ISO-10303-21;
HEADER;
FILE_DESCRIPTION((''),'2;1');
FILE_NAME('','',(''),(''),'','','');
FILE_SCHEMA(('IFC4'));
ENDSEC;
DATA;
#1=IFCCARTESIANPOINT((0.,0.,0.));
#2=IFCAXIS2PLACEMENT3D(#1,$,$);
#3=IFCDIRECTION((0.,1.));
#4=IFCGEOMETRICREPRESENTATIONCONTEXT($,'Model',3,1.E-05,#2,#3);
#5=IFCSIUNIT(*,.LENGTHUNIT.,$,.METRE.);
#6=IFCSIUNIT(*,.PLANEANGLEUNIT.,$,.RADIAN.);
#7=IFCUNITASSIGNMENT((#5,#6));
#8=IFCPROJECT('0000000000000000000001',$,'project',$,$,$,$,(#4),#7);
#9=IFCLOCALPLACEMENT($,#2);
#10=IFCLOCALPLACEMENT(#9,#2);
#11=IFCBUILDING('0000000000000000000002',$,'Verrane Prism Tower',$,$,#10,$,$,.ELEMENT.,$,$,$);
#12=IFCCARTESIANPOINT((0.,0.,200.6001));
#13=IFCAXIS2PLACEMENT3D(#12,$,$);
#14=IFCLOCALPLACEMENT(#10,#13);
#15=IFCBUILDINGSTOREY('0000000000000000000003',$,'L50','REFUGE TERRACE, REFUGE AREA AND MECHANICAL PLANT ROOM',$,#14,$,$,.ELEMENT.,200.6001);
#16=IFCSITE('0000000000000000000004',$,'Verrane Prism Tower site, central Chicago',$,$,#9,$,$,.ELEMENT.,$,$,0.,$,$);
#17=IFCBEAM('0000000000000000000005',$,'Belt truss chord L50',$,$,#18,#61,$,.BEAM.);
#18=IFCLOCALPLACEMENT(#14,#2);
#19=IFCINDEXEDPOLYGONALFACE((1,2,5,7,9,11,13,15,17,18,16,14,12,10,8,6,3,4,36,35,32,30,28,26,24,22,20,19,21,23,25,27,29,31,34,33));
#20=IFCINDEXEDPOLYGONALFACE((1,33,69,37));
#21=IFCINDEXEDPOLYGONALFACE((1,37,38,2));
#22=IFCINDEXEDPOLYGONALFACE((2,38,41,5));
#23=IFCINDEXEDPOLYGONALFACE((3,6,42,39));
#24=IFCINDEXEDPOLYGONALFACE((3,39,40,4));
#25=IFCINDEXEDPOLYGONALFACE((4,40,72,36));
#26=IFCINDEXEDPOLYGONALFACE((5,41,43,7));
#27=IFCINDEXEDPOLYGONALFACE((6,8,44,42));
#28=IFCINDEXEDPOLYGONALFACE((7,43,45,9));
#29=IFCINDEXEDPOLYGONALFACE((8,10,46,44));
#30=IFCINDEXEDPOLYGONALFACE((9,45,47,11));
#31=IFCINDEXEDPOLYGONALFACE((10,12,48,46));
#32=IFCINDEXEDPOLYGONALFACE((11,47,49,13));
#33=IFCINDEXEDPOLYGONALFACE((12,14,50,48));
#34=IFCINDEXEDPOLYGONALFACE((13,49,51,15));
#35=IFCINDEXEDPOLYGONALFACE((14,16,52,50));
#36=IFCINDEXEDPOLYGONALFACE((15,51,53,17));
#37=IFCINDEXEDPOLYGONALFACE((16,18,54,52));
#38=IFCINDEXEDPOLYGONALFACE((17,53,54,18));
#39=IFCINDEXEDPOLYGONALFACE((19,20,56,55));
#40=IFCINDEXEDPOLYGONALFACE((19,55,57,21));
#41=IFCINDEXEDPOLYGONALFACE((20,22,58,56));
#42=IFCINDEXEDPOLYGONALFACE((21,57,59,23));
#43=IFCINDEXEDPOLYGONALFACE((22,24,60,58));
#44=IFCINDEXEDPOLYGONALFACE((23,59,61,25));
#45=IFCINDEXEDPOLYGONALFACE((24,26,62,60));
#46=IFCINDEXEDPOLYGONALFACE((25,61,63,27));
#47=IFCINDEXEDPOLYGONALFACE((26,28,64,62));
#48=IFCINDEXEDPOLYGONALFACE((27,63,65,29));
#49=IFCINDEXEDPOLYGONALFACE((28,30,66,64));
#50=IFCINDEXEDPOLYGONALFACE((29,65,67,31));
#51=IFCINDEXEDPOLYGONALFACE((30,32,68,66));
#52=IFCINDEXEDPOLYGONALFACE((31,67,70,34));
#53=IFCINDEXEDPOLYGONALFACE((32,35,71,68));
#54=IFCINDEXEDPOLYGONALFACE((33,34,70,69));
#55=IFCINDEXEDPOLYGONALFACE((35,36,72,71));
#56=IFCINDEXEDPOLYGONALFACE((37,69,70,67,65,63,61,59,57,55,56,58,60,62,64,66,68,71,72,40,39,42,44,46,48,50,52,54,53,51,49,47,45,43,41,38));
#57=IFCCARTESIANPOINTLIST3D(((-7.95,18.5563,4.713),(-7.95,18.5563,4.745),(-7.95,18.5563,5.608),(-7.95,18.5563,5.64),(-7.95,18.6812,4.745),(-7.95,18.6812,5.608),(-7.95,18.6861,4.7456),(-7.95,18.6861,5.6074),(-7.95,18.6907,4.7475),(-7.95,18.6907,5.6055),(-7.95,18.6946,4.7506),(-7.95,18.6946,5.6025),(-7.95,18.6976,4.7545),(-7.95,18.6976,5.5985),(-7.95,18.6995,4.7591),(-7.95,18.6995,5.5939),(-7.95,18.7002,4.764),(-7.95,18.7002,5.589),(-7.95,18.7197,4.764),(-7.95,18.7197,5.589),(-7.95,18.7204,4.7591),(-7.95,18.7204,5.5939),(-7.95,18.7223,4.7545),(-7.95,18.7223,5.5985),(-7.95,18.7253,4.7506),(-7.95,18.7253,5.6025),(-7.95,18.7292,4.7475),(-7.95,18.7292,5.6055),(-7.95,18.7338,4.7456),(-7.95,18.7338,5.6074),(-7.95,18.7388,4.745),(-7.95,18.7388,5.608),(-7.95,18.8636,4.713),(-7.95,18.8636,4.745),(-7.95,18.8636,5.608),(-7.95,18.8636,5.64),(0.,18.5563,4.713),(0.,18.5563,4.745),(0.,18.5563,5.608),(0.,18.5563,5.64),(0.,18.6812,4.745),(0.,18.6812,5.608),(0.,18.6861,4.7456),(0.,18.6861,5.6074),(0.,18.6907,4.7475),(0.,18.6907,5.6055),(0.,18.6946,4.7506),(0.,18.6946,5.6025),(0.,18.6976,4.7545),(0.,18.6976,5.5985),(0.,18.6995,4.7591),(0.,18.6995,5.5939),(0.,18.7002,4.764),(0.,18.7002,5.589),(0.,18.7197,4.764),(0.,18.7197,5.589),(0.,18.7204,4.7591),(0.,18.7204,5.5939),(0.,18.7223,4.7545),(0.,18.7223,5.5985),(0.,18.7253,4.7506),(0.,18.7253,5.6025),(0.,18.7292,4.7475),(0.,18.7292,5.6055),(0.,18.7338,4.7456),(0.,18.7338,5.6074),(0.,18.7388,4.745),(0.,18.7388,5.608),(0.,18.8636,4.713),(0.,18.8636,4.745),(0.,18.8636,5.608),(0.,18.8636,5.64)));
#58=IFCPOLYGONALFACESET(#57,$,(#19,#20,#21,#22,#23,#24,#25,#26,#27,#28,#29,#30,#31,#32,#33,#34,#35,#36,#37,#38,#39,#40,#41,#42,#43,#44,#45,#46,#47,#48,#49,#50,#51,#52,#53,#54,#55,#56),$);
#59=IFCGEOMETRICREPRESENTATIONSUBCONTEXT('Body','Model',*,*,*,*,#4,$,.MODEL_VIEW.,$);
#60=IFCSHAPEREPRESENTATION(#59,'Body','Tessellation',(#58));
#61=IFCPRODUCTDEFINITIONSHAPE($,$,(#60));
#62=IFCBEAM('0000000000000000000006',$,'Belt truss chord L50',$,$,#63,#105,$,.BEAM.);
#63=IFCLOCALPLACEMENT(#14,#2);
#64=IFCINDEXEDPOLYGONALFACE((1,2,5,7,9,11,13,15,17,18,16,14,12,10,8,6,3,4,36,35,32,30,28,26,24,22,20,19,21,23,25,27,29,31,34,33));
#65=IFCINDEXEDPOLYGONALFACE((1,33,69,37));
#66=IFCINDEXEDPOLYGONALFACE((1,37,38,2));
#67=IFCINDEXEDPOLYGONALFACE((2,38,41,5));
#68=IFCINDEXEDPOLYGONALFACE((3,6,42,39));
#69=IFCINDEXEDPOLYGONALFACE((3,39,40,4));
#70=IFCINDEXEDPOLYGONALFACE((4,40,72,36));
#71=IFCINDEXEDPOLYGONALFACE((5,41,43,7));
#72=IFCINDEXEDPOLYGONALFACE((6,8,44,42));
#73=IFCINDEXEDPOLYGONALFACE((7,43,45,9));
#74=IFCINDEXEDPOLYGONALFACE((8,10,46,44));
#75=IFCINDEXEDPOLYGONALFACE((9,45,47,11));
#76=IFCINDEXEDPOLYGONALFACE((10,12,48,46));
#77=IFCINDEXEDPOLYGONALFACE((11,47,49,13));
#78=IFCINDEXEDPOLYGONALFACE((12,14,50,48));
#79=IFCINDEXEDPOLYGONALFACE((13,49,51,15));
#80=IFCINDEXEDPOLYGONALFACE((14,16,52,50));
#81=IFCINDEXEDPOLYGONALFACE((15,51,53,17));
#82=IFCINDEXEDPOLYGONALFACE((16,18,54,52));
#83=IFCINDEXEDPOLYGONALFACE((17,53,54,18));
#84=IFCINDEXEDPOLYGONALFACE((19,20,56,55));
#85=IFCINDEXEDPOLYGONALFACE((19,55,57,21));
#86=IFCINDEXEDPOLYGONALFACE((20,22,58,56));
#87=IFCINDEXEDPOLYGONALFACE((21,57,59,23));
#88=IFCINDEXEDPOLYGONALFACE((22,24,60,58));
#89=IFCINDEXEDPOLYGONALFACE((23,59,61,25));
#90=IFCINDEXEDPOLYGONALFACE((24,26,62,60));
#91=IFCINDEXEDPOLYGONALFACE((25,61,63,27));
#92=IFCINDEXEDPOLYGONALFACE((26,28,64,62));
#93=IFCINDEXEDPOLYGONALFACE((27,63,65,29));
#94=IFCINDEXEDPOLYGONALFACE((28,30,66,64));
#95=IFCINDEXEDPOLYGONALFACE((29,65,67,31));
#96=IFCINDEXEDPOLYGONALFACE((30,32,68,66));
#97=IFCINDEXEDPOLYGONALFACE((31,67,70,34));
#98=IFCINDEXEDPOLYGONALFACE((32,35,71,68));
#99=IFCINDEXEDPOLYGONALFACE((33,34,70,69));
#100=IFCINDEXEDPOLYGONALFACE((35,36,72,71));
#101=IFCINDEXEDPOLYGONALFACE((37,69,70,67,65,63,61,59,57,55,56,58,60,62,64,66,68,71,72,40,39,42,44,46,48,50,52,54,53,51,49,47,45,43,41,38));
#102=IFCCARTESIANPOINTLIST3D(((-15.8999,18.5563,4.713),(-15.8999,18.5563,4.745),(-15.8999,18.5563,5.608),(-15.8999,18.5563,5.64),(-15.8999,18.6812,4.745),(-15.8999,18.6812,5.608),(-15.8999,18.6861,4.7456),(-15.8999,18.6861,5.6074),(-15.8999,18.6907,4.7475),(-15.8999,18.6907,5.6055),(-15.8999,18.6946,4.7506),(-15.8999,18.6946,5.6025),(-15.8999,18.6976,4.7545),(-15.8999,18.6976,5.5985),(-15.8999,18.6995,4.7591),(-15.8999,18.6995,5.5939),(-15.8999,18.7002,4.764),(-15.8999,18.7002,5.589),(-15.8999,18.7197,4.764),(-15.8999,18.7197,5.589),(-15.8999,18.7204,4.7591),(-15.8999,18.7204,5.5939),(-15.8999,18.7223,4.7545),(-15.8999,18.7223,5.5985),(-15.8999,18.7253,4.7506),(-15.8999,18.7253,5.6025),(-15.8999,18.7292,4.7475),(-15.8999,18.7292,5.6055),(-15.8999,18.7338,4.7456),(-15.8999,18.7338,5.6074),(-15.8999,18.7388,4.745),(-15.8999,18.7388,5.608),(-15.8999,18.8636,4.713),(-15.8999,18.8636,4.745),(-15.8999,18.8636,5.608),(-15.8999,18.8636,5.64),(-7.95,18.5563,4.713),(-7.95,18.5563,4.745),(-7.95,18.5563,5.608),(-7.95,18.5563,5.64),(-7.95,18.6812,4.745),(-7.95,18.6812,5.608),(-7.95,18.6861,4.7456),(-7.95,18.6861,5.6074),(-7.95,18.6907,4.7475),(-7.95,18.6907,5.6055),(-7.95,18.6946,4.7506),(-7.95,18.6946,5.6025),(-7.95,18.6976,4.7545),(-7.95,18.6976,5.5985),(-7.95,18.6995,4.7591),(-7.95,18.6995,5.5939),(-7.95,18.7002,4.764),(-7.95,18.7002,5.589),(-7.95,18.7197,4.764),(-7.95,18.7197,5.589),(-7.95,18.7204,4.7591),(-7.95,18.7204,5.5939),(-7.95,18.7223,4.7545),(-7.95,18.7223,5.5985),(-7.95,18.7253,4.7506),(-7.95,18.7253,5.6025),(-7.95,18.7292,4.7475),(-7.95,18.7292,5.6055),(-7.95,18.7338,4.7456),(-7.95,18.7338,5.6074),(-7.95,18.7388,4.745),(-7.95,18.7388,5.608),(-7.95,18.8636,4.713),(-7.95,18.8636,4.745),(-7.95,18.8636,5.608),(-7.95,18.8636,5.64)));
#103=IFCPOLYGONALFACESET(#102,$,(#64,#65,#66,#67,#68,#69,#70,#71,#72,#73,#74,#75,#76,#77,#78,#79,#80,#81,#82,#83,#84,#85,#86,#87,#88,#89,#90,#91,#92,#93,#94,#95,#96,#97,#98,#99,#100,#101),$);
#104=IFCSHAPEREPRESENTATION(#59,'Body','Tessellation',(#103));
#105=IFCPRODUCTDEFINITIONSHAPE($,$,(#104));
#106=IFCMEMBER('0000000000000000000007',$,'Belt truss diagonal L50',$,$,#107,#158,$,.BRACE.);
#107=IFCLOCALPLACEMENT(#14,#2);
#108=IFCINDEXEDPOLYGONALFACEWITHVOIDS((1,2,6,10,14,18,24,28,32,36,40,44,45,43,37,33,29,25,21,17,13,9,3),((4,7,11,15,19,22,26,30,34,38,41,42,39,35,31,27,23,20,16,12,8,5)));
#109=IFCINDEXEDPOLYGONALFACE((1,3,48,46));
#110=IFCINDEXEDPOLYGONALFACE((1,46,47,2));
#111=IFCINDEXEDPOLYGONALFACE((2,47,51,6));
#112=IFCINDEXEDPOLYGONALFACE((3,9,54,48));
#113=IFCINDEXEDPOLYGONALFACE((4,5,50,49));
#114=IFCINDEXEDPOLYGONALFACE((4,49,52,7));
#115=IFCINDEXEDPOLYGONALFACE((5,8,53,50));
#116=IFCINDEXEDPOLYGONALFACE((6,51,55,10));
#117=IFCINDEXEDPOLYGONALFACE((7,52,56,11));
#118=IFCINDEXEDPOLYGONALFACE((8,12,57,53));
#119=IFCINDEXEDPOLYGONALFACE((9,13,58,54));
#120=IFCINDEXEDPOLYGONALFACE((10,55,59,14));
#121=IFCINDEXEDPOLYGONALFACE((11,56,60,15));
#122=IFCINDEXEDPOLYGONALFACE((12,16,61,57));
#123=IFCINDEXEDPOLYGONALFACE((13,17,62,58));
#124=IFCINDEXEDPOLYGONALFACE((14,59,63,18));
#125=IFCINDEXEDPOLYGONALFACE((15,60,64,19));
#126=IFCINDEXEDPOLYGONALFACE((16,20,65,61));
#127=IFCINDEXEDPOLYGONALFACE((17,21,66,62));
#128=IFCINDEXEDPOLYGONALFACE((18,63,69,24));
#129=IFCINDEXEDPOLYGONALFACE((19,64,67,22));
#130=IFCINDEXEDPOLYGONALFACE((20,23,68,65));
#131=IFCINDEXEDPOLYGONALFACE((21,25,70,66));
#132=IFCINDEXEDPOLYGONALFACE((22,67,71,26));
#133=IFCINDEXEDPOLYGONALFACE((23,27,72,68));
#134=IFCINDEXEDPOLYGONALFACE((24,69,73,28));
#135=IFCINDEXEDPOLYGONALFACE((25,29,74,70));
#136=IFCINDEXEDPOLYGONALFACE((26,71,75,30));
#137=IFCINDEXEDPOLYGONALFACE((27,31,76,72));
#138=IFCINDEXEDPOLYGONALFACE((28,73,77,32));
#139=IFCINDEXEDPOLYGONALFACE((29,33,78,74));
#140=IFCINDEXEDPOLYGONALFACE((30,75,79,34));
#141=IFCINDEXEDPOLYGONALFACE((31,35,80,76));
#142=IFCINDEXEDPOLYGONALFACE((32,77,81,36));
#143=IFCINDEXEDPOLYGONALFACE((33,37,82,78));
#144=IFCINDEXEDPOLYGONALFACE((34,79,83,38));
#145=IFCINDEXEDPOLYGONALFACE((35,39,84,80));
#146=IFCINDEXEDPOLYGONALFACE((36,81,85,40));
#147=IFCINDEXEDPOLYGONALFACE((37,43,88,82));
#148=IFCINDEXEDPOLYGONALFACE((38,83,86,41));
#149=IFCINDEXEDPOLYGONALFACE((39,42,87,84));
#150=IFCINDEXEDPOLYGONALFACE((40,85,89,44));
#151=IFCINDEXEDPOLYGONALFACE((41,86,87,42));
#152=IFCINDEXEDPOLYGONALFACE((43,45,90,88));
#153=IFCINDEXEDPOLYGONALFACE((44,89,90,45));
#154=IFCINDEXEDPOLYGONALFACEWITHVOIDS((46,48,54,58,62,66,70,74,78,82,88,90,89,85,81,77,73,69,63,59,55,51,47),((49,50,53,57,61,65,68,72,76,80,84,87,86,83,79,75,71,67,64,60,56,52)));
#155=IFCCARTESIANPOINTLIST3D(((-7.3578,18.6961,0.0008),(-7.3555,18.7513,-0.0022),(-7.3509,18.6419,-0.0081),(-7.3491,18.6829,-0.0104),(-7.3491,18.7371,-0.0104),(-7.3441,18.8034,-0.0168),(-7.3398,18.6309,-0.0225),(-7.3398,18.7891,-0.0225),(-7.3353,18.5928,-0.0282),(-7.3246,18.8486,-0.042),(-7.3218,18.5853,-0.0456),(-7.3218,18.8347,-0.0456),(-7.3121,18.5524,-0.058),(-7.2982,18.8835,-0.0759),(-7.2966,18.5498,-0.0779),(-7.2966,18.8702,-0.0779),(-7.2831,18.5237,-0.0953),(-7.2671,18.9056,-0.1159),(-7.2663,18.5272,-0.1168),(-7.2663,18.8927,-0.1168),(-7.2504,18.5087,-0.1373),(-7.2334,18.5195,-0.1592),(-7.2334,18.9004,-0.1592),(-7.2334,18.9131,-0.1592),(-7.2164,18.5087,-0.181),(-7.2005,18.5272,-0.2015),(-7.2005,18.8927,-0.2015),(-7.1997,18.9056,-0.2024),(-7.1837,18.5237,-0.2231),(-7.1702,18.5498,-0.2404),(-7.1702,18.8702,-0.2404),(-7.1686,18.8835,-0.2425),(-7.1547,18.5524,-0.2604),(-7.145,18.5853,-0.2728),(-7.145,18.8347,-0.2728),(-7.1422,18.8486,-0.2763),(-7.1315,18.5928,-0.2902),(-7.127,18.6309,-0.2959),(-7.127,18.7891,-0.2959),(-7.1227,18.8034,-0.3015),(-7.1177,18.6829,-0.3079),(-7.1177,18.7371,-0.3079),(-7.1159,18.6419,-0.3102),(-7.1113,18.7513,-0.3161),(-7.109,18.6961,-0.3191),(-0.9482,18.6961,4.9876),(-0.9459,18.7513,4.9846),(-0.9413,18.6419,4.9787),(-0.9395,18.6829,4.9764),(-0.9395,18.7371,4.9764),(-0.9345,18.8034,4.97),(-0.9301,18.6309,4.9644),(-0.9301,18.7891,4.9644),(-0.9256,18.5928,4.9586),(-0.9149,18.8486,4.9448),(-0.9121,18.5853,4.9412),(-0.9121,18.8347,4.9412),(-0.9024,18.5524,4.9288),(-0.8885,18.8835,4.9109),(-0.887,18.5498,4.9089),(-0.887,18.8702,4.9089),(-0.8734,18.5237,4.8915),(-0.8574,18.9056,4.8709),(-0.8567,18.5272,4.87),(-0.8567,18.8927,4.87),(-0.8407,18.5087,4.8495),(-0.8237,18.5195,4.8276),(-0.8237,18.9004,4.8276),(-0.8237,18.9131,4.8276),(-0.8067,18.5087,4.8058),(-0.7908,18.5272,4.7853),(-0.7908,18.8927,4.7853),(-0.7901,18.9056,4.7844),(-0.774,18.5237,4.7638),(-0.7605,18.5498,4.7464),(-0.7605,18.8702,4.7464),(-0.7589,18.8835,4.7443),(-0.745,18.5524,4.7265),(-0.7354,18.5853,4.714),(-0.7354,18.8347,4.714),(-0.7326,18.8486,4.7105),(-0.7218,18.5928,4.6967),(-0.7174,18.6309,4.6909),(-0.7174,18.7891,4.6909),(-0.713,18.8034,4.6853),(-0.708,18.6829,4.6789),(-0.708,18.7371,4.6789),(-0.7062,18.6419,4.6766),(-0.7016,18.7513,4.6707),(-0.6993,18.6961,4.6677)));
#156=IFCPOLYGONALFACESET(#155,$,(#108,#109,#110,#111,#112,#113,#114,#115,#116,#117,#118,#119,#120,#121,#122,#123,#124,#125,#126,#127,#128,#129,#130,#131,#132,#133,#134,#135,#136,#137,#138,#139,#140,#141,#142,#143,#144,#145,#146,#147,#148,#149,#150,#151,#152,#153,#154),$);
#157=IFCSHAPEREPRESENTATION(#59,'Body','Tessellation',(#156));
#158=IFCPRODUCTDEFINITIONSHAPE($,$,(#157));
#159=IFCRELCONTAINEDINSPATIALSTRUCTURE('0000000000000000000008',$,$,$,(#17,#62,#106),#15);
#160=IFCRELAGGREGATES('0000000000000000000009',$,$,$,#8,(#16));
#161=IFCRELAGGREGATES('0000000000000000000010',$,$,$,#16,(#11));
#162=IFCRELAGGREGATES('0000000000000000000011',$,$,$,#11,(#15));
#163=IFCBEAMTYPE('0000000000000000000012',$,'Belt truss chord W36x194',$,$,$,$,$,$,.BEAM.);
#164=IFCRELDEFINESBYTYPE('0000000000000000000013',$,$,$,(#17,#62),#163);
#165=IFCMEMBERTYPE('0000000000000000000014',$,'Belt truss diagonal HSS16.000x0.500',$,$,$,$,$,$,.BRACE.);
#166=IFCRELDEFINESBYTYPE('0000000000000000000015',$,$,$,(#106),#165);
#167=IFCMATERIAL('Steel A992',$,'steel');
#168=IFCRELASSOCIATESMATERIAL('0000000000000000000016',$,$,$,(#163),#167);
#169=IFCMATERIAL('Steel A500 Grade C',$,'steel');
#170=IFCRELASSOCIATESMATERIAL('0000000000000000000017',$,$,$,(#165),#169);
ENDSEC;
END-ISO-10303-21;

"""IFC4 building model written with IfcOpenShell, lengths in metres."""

from ifc_helpers import new_model, si_unit, direction, frame, origin, origin_2d, place, context, subcontext, project, spatial, hollow_circle, i_section, extrude, material, material_profile, profile_set, type_object, element, save


model = new_model("IFC4")

# Units and contexts
model_context = context("Model", 3, precision=1e-05, world=origin(), true_north=direction((0.0, 1.0)))
body_context = subcontext(model_context, "Body", "Model", "MODEL_VIEW")
ifc_project = project(units=[si_unit("LENGTHUNIT", "METRE"), si_unit("PLANEANGLEUNIT", "RADIAN")], contexts=[model_context])

# Site, building, storey
site_placement = place(None, origin())
site = spatial("IfcSite", under=ifc_project, at=site_placement, Name="Verrane Prism Tower site, central Chicago", CompositionType="ELEMENT", RefElevation=0.0)
building_placement = place(site_placement, origin())
building = spatial("IfcBuilding", under=site, at=building_placement, Name="Verrane Prism Tower", CompositionType="ELEMENT")
storey_placement = place(building_placement, frame((0.0, 0.0, 200.6001)))
storey = spatial("IfcBuildingStorey", under=building, at=storey_placement, Name="L50", Description="REFUGE TERRACE, REFUGE AREA AND MECHANICAL PLANT ROOM", CompositionType="ELEMENT", Elevation=200.6001)

# Beams
ifc_material_1 = material(Name="Steel A992", Category="steel")
ifc_material_profile_1 = material_profile(ifc_material_1, i_section(OverallWidth=0.3074, OverallDepth=0.927, WebThickness=0.0195, FlangeThickness=0.032, FilletRadius=0.019, at=origin_2d()), Name="W36x194")
ifc_profile_set_1 = profile_set([ifc_material_profile_1], Name="Steel A992")
beam_type_1 = type_object("IfcBeamType", Name="Belt truss chord W36x194", PredefinedType="BEAM", material=ifc_profile_set_1)
for number, where, z_axis, x_axis, name in (
    (1, (0.0, 18.71, 5.1765), (-1.0, 0.0, 0.0), (0.0, -1.0, 0.0), "Belt truss chord L50"),
    (2, (-7.95, 18.71, 5.1765), (-1.0, 0.0, 0.0), (0.0, -1.0, 0.0), "Belt truss chord L50"),
):
    element("IfcBeam", number, at=place(storey_placement, frame(where, z_axis=z_axis, x_axis=x_axis)), inside=storey, type_object=beam_type_1, Name=name, PredefinedType="BEAM", context=body_context, shape_type="SweptSolid", body=[
        extrude(i_section(OverallWidth=0.3074, OverallDepth=0.927, WebThickness=0.0195, FlangeThickness=0.032, FilletRadius=0.019, at=origin_2d()), origin(), (0.0, 0.0, 1.0), 7.95),
    ])

# Member
ifc_material_2 = material(Name="Steel A500 Grade C", Category="steel")
ifc_material_profile_2 = material_profile(ifc_material_2, hollow_circle(Radius=0.2031, WallThickness=0.0127, at=origin_2d()), Name="HSS16.000x0.500")
ifc_profile_set_2 = profile_set([ifc_material_profile_2], Name="Steel A500 Grade C")
member_type_1 = type_object("IfcMemberType", Name="Belt truss diagonal HSS16.000x0.500", PredefinedType="BRACE", material=ifc_profile_set_2)
for number, where, z_axis, x_axis, name in (
    (3, (-7.2334, 18.71, -0.1592), (0.789262, 0.0, 0.614057), (0.0, 1.0, 0.0), "Belt truss diagonal L50"),
):
    element("IfcMember", number, at=place(storey_placement, frame(where, z_axis=z_axis, x_axis=x_axis)), inside=storey, type_object=member_type_1, Name=name, PredefinedType="BRACE", context=body_context, shape_type="SweptSolid", body=[
        extrude(hollow_circle(Radius=0.2031, WallThickness=0.0127, at=origin_2d()), origin(), (0.0, 0.0, 1.0), 8.1211),
    ])

save(model, "model.ifc")
